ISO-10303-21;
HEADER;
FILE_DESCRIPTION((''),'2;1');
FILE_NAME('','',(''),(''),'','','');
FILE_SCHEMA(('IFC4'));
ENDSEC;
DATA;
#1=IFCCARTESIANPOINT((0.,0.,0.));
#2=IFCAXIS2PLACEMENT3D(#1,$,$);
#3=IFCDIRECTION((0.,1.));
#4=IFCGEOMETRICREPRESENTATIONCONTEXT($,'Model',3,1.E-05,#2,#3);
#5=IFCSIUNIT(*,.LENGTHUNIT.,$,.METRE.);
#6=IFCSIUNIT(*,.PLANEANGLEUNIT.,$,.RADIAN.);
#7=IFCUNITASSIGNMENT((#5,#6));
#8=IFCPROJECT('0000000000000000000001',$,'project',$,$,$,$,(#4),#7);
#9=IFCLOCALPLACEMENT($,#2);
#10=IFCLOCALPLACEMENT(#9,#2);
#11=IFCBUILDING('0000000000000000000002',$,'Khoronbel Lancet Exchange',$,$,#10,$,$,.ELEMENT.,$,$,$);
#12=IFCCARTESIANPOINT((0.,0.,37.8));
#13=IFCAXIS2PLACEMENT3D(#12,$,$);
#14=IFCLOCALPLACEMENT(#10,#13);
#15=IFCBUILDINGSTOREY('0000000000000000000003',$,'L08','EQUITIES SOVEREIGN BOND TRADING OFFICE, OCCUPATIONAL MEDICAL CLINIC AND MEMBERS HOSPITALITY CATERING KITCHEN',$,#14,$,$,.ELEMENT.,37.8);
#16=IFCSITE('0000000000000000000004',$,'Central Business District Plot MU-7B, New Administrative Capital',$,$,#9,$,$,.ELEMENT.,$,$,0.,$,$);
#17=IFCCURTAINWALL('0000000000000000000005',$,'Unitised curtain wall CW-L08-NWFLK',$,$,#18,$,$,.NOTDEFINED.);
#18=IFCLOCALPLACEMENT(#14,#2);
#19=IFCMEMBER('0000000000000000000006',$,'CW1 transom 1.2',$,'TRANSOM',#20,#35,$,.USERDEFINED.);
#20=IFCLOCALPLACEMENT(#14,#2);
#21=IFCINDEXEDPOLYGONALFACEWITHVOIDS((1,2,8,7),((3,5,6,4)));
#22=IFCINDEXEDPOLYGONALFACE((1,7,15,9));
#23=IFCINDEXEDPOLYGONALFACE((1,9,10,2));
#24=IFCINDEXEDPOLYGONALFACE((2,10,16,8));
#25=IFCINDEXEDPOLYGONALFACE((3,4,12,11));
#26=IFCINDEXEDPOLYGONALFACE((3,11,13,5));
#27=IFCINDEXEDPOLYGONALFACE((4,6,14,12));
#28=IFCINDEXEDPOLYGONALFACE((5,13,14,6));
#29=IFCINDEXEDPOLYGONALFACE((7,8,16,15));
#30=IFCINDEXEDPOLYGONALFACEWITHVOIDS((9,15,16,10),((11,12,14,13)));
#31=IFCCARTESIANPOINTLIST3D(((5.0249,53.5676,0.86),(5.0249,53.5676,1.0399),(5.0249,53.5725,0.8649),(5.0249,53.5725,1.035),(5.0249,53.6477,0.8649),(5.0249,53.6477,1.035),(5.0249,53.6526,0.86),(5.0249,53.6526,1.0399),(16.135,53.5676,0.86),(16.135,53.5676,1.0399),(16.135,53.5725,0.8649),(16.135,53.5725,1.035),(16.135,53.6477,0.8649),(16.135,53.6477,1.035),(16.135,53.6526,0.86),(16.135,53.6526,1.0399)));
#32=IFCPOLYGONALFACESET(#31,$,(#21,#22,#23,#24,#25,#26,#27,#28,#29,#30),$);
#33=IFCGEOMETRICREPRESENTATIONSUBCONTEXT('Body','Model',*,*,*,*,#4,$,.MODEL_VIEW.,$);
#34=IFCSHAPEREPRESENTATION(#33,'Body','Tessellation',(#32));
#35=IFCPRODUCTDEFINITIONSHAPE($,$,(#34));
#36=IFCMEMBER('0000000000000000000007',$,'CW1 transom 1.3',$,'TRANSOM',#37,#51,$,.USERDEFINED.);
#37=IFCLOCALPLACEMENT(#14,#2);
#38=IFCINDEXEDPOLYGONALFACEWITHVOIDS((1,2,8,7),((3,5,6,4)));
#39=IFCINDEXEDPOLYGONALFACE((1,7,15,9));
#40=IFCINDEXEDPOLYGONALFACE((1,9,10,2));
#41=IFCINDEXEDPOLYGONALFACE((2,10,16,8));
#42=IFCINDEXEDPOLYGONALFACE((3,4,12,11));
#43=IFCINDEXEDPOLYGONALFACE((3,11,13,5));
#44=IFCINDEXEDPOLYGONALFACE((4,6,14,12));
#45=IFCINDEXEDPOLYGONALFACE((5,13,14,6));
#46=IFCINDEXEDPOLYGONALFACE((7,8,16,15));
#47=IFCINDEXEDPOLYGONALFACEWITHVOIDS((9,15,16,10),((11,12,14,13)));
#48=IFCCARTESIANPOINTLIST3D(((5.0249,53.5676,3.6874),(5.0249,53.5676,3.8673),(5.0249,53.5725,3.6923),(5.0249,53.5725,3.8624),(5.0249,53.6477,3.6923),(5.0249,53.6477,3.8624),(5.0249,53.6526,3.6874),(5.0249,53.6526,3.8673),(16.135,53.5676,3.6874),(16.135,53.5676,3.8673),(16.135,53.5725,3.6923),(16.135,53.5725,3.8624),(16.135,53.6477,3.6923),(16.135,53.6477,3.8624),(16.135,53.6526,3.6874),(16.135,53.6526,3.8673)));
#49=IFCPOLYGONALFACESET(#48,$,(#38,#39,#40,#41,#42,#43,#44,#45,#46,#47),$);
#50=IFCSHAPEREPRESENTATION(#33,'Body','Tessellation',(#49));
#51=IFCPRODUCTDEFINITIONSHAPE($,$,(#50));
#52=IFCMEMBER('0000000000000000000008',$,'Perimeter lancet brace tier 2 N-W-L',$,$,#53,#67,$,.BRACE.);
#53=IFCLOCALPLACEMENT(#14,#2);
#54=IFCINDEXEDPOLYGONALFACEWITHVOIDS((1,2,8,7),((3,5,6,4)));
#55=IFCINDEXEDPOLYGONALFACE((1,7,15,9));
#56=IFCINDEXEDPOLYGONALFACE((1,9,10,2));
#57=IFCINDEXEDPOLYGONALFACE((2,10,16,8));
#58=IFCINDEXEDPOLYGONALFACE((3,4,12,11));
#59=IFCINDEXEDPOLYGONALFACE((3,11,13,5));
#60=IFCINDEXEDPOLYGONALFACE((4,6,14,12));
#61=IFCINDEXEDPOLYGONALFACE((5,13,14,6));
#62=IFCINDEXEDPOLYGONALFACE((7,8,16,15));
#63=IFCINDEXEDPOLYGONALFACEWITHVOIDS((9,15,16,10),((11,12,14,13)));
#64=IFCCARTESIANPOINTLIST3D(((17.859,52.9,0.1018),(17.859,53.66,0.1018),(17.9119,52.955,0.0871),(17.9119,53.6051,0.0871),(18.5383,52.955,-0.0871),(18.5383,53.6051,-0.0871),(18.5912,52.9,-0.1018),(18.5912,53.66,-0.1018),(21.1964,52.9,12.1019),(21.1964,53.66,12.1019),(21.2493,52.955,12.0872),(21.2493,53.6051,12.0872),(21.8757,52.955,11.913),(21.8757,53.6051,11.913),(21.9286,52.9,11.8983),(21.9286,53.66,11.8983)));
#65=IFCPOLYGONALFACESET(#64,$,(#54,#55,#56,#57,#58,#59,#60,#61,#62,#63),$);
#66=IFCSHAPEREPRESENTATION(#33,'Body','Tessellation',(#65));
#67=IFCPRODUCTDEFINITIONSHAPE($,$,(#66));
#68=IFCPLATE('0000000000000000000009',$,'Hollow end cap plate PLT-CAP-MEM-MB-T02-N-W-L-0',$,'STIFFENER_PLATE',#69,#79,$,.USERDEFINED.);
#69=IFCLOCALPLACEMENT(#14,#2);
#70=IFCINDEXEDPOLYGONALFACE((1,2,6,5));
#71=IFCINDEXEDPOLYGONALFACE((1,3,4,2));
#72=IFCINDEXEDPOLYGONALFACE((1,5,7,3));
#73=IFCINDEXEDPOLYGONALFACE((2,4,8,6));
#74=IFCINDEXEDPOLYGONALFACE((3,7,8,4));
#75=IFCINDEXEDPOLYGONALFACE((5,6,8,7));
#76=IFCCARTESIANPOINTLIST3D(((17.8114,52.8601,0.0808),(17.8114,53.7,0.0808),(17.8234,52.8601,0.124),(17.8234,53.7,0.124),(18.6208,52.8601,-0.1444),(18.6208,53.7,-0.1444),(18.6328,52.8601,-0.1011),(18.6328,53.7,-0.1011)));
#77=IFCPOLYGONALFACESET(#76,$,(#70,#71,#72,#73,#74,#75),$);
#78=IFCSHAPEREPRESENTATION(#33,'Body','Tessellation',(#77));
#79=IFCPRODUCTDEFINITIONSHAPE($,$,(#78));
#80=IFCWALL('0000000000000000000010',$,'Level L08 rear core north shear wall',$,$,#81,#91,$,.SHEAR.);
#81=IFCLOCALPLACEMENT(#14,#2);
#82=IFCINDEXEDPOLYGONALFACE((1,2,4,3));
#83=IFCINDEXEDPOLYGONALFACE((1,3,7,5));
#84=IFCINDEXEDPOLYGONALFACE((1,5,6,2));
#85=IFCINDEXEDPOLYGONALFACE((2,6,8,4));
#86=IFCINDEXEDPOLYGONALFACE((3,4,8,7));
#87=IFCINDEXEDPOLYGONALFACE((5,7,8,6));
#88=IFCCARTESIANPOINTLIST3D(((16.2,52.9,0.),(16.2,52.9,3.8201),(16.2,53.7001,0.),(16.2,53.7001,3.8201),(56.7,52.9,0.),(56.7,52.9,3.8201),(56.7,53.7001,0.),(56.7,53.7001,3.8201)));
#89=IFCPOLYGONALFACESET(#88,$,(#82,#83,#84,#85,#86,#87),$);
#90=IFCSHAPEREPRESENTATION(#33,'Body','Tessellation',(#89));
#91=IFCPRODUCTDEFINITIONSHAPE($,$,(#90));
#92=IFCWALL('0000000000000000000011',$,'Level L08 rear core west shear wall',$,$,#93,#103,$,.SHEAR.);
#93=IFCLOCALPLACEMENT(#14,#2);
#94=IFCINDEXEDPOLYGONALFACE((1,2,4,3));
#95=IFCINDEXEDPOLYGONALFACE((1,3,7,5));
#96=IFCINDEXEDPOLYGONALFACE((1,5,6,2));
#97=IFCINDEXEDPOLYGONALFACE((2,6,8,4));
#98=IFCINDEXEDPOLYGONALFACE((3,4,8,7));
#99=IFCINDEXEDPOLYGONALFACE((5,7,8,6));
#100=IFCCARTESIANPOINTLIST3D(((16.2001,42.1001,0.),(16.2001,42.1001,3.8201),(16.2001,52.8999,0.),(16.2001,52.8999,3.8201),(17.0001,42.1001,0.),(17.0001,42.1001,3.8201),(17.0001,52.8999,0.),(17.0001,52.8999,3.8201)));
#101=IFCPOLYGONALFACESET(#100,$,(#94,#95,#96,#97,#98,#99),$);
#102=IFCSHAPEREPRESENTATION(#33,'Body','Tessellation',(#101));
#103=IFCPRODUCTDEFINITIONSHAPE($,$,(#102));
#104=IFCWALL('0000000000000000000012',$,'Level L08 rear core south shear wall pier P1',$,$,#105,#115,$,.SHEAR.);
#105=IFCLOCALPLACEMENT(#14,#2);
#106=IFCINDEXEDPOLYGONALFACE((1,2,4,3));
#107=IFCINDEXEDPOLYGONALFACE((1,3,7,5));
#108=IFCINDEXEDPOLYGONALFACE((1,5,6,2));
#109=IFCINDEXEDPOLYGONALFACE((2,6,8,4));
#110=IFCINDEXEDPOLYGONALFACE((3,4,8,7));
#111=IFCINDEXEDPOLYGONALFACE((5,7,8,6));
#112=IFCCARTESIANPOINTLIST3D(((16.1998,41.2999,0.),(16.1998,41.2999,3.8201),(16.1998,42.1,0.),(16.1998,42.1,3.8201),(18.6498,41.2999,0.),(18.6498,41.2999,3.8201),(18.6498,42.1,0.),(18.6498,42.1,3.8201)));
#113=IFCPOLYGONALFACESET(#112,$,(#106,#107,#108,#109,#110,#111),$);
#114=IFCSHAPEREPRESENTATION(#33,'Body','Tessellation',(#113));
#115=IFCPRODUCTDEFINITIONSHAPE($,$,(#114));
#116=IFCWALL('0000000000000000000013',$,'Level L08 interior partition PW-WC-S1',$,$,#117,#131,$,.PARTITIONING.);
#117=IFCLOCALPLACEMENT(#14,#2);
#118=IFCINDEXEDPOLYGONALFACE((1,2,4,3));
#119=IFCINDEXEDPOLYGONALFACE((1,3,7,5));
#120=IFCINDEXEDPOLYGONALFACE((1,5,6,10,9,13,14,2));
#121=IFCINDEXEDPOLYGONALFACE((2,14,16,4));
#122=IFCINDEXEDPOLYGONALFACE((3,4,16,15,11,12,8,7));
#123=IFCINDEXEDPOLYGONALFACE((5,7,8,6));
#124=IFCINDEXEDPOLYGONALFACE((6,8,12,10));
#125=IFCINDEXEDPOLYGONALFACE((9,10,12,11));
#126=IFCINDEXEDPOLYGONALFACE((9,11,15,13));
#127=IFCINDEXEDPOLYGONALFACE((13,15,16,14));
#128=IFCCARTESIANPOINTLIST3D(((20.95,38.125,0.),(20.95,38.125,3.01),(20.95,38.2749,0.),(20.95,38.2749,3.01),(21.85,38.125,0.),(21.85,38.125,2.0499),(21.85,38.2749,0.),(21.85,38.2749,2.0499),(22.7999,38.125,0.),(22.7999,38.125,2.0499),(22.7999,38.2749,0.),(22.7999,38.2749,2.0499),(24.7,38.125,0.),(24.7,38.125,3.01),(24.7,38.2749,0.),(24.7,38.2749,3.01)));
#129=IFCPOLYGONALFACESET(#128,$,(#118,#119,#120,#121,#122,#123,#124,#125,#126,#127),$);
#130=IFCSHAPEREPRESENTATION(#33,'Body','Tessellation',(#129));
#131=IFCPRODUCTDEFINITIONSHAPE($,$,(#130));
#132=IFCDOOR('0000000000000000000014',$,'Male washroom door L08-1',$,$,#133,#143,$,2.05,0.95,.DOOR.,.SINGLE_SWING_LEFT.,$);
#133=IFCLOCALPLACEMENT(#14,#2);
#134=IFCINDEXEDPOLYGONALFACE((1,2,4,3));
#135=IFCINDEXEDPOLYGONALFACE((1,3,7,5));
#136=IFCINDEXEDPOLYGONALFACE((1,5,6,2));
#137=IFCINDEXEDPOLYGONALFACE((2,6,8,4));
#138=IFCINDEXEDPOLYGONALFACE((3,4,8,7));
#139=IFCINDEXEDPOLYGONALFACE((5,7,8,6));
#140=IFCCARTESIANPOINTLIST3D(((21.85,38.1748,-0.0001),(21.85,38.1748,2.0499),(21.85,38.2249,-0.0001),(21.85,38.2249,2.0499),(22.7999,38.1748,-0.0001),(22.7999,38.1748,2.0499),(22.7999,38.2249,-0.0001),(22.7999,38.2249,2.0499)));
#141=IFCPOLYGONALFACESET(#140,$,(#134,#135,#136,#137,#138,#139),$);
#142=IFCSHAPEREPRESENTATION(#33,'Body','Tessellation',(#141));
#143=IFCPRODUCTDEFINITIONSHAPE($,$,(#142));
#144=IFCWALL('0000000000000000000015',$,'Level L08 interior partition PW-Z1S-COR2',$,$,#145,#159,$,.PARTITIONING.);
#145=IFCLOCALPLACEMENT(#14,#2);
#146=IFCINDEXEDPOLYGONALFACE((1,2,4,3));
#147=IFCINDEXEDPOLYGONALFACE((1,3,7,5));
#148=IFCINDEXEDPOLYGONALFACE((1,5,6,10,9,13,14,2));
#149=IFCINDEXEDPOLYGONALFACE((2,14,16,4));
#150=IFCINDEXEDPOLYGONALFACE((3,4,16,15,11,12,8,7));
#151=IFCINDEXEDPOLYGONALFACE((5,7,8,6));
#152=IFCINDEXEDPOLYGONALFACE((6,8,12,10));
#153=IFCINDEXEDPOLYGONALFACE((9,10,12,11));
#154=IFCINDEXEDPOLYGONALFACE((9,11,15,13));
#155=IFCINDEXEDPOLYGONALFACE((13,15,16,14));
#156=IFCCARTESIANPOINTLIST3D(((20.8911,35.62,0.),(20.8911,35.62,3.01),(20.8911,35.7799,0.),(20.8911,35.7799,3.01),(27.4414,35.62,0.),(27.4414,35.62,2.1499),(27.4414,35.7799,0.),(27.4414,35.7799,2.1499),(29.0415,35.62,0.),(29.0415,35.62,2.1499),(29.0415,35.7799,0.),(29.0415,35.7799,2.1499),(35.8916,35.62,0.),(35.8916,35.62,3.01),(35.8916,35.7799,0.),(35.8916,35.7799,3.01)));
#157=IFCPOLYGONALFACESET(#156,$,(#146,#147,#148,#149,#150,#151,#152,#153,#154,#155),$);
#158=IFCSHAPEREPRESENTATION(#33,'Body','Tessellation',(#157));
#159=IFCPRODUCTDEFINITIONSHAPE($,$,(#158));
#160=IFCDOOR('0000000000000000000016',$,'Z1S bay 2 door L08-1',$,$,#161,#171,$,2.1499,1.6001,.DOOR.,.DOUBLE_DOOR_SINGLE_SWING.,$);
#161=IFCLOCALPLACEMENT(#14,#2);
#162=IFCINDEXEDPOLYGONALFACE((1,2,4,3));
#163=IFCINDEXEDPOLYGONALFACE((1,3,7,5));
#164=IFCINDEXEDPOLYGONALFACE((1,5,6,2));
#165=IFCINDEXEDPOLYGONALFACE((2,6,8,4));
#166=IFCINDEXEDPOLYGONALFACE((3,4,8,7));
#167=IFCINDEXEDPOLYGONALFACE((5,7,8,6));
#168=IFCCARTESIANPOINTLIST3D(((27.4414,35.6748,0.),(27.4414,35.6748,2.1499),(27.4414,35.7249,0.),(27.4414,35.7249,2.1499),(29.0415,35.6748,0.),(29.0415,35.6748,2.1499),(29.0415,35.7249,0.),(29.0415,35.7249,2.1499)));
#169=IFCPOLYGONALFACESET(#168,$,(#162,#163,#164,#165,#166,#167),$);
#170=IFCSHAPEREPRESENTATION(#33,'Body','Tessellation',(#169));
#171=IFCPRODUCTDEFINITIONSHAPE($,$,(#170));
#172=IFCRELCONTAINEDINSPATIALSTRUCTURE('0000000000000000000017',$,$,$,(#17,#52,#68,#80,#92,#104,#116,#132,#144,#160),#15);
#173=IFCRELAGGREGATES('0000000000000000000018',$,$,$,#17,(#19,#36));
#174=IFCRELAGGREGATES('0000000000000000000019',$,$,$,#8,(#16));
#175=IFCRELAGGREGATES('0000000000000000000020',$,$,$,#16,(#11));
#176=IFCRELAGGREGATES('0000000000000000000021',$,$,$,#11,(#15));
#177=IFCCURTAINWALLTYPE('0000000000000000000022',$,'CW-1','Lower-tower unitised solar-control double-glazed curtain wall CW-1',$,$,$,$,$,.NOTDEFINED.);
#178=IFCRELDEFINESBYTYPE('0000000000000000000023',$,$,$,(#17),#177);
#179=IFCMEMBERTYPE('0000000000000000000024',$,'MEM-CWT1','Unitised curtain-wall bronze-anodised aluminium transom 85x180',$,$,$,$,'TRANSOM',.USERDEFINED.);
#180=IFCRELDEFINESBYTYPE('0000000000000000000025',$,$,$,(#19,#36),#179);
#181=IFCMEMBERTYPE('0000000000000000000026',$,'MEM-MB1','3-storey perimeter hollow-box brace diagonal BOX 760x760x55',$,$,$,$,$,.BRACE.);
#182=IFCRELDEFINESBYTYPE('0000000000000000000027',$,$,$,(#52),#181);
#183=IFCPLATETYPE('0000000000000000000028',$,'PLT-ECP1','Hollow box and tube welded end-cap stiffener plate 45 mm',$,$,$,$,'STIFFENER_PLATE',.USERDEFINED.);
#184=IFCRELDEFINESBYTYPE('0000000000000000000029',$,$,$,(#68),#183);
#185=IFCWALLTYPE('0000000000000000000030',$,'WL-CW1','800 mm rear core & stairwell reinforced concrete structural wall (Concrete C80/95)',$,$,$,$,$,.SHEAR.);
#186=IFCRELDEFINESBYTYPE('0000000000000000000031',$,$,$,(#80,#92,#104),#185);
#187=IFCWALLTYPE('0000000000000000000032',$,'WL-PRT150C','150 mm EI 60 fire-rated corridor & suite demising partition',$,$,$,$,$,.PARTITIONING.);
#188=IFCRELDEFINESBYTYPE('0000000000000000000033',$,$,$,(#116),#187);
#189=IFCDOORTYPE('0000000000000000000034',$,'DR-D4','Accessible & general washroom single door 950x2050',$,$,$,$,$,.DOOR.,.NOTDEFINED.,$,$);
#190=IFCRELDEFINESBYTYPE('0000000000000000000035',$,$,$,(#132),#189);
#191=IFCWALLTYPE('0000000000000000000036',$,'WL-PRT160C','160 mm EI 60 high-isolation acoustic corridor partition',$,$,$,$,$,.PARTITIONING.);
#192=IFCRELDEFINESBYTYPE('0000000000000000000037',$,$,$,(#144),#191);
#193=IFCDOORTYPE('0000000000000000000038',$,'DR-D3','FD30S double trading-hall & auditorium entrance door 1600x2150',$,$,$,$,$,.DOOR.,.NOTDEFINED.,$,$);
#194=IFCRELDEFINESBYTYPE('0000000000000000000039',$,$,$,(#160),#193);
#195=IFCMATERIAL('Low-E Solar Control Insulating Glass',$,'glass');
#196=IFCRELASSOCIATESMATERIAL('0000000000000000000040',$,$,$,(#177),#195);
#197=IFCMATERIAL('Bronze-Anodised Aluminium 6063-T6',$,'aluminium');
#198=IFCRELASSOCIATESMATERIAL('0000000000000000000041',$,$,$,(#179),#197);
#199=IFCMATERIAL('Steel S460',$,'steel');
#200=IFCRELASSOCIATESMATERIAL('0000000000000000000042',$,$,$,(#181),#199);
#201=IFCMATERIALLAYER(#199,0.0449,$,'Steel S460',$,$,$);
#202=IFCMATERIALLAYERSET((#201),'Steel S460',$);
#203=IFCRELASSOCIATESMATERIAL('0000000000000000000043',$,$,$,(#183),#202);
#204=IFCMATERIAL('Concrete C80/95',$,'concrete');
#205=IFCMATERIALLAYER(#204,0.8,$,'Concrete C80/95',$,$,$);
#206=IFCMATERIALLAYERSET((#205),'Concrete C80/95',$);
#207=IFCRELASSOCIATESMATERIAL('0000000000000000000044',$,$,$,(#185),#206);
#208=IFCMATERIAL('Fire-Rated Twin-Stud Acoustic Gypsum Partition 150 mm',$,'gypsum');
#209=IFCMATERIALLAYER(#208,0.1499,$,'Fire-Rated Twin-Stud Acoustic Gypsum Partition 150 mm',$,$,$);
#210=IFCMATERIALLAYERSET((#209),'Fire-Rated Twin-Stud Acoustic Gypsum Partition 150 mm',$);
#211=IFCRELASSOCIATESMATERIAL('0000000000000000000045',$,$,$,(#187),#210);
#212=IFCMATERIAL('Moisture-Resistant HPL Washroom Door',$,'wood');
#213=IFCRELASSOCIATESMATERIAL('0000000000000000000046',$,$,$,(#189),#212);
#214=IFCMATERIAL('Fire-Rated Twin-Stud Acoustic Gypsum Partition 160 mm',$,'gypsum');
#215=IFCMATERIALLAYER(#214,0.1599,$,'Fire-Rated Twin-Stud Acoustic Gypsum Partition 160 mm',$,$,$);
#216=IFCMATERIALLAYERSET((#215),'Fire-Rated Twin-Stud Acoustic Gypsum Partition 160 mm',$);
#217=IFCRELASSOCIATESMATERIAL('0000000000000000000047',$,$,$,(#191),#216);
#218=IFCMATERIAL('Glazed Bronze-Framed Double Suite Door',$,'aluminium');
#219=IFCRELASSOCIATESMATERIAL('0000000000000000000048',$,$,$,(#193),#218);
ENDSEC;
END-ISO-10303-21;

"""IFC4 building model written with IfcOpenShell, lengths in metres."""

from ifc_helpers import new_model, si_unit, direction, frame, frame_2d, origin, origin_2d, place, context, subcontext, project, spatial, polyline, rectangle, hollow_rectangle, outline, extrude, material, layer, layer_set, material_profile, profile_set, type_object, element, fill, aggregate, save


model = new_model("IFC4")

# Units and contexts
model_context = context("Model", 3, precision=1e-05, world=origin(), true_north=direction((0.0, 1.0)))
body_context = subcontext(model_context, "Body", "Model", "MODEL_VIEW")
ifc_project = project(units=[si_unit("LENGTHUNIT", "METRE"), si_unit("PLANEANGLEUNIT", "RADIAN")], contexts=[model_context])

# Site, building, storey
site_placement = place(None, origin())
site = spatial("IfcSite", under=ifc_project, at=site_placement, Name="Central Business District Plot MU-7B, New Administrative Capital", CompositionType="ELEMENT", RefElevation=0.0)
building_placement = place(site_placement, origin())
building = spatial("IfcBuilding", under=site, at=building_placement, Name="Khoronbel Lancet Exchange", CompositionType="ELEMENT")
storey_placement = place(building_placement, frame((0.0, 0.0, 37.8)))
storey = spatial("IfcBuildingStorey", under=building, at=storey_placement, Name="L08", Description="EQUITIES SOVEREIGN BOND TRADING OFFICE, OCCUPATIONAL MEDICAL CLINIC AND MEMBERS HOSPITALITY CATERING KITCHEN", CompositionType="ELEMENT", Elevation=37.8)

# Shared definitions
ifc_material_1 = material(Name="Steel S460", Category="steel")

# Shared definitions
ifc_material_2 = material(Name="Concrete C80/95", Category="concrete")

# Curtain wall, members
ifc_material_3 = material(Name="Low-E Solar Control Insulating Glass", Category="glass")
curtain_wall_type = type_object("IfcCurtainWallType", Name="CW-1", Description="Lower-tower unitised solar-control double-glazed curtain wall CW-1", PredefinedType="NOTDEFINED", material=ifc_material_3)
curtain_wall_placement = place(storey_placement, origin())
curtain_wall = element("IfcCurtainWall", 1, at=curtain_wall_placement, inside=storey, type_object=curtain_wall_type, Name="Unitised curtain wall CW-L08-NWFLK", PredefinedType="NOTDEFINED")
ifc_material_4 = material(Name="Bronze-Anodised Aluminium 6063-T6", Category="aluminium")
ifc_material_profile_1 = material_profile(ifc_material_4, hollow_rectangle(XDim=0.085, YDim=0.1799, WallThickness=0.0049, at=origin_2d()), Name="ALU TRANSOM 85x180")
ifc_profile_set_1 = profile_set([ifc_material_profile_1], Name="Bronze-Anodised Aluminium 6063-T6")
member_type_1 = type_object("IfcMemberType", Name="MEM-CWT1", Description="Unitised curtain-wall bronze-anodised aluminium transom 85x180", ElementType="TRANSOM", PredefinedType="USERDEFINED", material=ifc_profile_set_1)
member_1_placement = place(storey_placement, frame((16.135, 53.6101, 0.95), z_axis=(-1.0, 0.0, 0.0), x_axis=(0.0, -1.0, 0.0)))
member_1 = element("IfcMember", 2, at=member_1_placement, type_object=member_type_1, Name="CW1 transom 1.2", ObjectType="TRANSOM", PredefinedType="USERDEFINED", context=body_context, shape_type="SweptSolid", body=[
    extrude(hollow_rectangle(XDim=0.085, YDim=0.1799, WallThickness=0.0049, at=origin_2d()), origin(), (0.0, 0.0, 1.0), 11.1101),
])
member_2_placement = place(storey_placement, frame((16.135, 53.6101, 3.7773), z_axis=(-1.0, 0.0, 0.0), x_axis=(0.0, -1.0, 0.0)))
member_2 = element("IfcMember", 3, at=member_2_placement, type_object=member_type_1, Name="CW1 transom 1.3", ObjectType="TRANSOM", PredefinedType="USERDEFINED", context=body_context, shape_type="SweptSolid", body=[
    extrude(hollow_rectangle(XDim=0.085, YDim=0.1799, WallThickness=0.0049, at=origin_2d()), origin(), (0.0, 0.0, 1.0), 11.1101),
])
aggregate(curtain_wall, [member_1, member_2])

# Member
ifc_material_profile_2 = material_profile(ifc_material_1, hollow_rectangle(XDim=0.76, YDim=0.76, WallThickness=0.0549, at=origin_2d()), Name="BOX 760x760x55")
ifc_profile_set_2 = profile_set([ifc_material_profile_2], Name="Steel S460")
member_type_2 = type_object("IfcMemberType", Name="MEM-MB1", Description="3-storey perimeter hollow-box brace diagonal BOX 760x760x55", PredefinedType="BRACE", material=ifc_profile_set_2)
member_3_placement = place(storey_placement, frame((18.2251, 53.28, 0.0), z_axis=(0.267947, 0.0, 0.963434), x_axis=(0.0, 1.0, 0.0)))
element("IfcMember", 4, at=member_3_placement, inside=storey, type_object=member_type_2, Name="Perimeter lancet brace tier 2 N-W-L", PredefinedType="BRACE", context=body_context, shape_type="SweptSolid", body=[
    extrude(hollow_rectangle(XDim=0.76, YDim=0.76, WallThickness=0.0549, at=origin_2d()), origin(), (0.0, 0.0, 1.0), 12.4556),
])

# Plate
ifc_layer_1 = layer(ifc_material_1, 0.0449, Name="Steel S460")
ifc_layer_set_1 = layer_set([ifc_layer_1], Name="Steel S460")
plate_type = type_object("IfcPlateType", Name="PLT-ECP1", Description="Hollow box and tube welded end-cap stiffener plate 45 mm", ElementType="STIFFENER_PLATE", PredefinedType="USERDEFINED", material=ifc_layer_set_1)
plate_placement = place(storey_placement, frame((18.6328, 52.8601, -0.1011), z_axis=(0.267959, 0.0, 0.96343), x_axis=(0.0, 1.0, 0.0)))
element("IfcPlate", 5, at=plate_placement, inside=storey, type_object=plate_type, Name="Hollow end cap plate PLT-CAP-MEM-MB-T02-N-W-L-0", ObjectType="STIFFENER_PLATE", PredefinedType="USERDEFINED", context=body_context, shape_type="SweptSolid", body=[
    extrude(outline(polyline([(0.0, 0.0), (0.8398, 0.0), (0.8398, 0.8401), (0.0, 0.8401), (0.0, 0.0)])), origin(), (0.0, 0.0, -1.0), 0.0449),
])

# Walls
ifc_layer_2 = layer(ifc_material_2, 0.8, Name="Concrete C80/95")
ifc_layer_set_2 = layer_set([ifc_layer_2], Name="Concrete C80/95")
wall_type_1 = type_object("IfcWallType", Name="WL-CW1", Description="800 mm rear core & stairwell reinforced concrete structural wall (Concrete C80/95)", PredefinedType="SHEAR", material=ifc_layer_set_2)
wall_1_placement = place(storey_placement, frame((16.2, 53.3, 0.0), z_axis=(0.0, 0.0, 1.0), x_axis=(1.0, 0.0, 0.0)))
element("IfcWall", 6, at=wall_1_placement, inside=storey, type_object=wall_type_1, Name="Level L08 rear core north shear wall", PredefinedType="SHEAR", context=body_context, shape_type="SweptSolid", body=[
    extrude(rectangle(XDim=40.5, YDim=0.8, at=frame_2d((20.25, 0.0))), origin(), (0.0, 0.0, 1.0), 3.8201),
])
wall_2_placement = place(storey_placement, frame((16.6001, 42.1001, 0.0), z_axis=(0.0, 0.0, 1.0), x_axis=(0.0, 1.0, 0.0)))
element("IfcWall", 7, at=wall_2_placement, inside=storey, type_object=wall_type_1, Name="Level L08 rear core west shear wall", PredefinedType="SHEAR", context=body_context, shape_type="SweptSolid", body=[
    extrude(rectangle(XDim=10.7998, YDim=0.8, at=frame_2d((5.3999, 0.0))), origin(), (0.0, 0.0, 1.0), 3.8201),
])
wall_3_placement = place(storey_placement, frame((18.6499, 41.7, 0.0), z_axis=(0.0, 0.0, 1.0), x_axis=(-1.0, 0.0, 0.0)))
element("IfcWall", 8, at=wall_3_placement, inside=storey, type_object=wall_type_1, Name="Level L08 rear core south shear wall pier P1", PredefinedType="SHEAR", context=body_context, shape_type="SweptSolid", body=[
    extrude(rectangle(XDim=2.45, YDim=0.8, at=frame_2d((1.2251, 0.0))), origin(), (0.0, 0.0, 1.0), 3.8201),
])

# Walls, openings, doors
ifc_material_5 = material(Name="Fire-Rated Twin-Stud Acoustic Gypsum Partition 150 mm", Category="gypsum")
ifc_layer_3 = layer(ifc_material_5, 0.1499, Name="Fire-Rated Twin-Stud Acoustic Gypsum Partition 150 mm")
ifc_layer_set_3 = layer_set([ifc_layer_3], Name="Fire-Rated Twin-Stud Acoustic Gypsum Partition 150 mm")
wall_type_2 = type_object("IfcWallType", Name="WL-PRT150C", Description="150 mm EI 60 fire-rated corridor & suite demising partition", PredefinedType="PARTITIONING", material=ifc_layer_set_3)
wall_4_placement = place(storey_placement, frame((20.95, 38.2, 0.0), z_axis=(0.0, 0.0, 1.0), x_axis=(1.0, 0.0, 0.0)))
wall_4 = element("IfcWall", 9, at=wall_4_placement, inside=storey, type_object=wall_type_2, Name="Level L08 interior partition PW-WC-S1", PredefinedType="PARTITIONING", context=body_context, shape_type="SweptSolid", body=[
    extrude(rectangle(XDim=3.75, YDim=0.1499, at=frame_2d((1.875, 0.0))), origin(), (0.0, 0.0, 1.0), 3.01),
])
opening_1_placement = place(wall_4_placement, frame((0.8999, 0.0, 0.0)))
opening_1 = element("IfcOpeningElement", 10, at=opening_1_placement, cuts=wall_4, PredefinedType="OPENING", context=body_context, shape_type="SweptSolid", body=[
    extrude(rectangle(XDim=0.95, YDim=2.05, at=frame_2d((0.4751, 1.0249))), frame((0.0, 0.085, 0.0), z_axis=(0.0, -1.0, 0.0), x_axis=(1.0, 0.0, 0.0)), (0.0, 0.0, 1.0), 0.1699),
])
ifc_material_6 = material(Name="Moisture-Resistant HPL Washroom Door", Category="wood")
door_type_1 = type_object("IfcDoorType", Name="DR-D4", Description="Accessible & general washroom single door 950x2050", OperationType="NOTDEFINED", PredefinedType="DOOR", material=ifc_material_6)
door_1_placement = place(opening_1_placement, origin())
door_1 = element("IfcDoor", 11, at=door_1_placement, inside=storey, type_object=door_type_1, Name="Male washroom door L08-1", OperationType="SINGLE_SWING_LEFT", OverallHeight=2.05, OverallWidth=0.95, PredefinedType="DOOR", context=body_context, shape_type="SweptSolid", body=[
    extrude(rectangle(XDim=0.95, YDim=2.05, at=frame_2d((0.4751, 1.0249))), frame((0.0, 0.0249, 0.0), z_axis=(0.0, -1.0, 0.0), x_axis=(1.0, 0.0, 0.0)), (0.0, 0.0, 1.0), 0.05),
])
fill(opening_1, door_1)
ifc_material_7 = material(Name="Fire-Rated Twin-Stud Acoustic Gypsum Partition 160 mm", Category="gypsum")
ifc_layer_4 = layer(ifc_material_7, 0.1599, Name="Fire-Rated Twin-Stud Acoustic Gypsum Partition 160 mm")
ifc_layer_set_4 = layer_set([ifc_layer_4], Name="Fire-Rated Twin-Stud Acoustic Gypsum Partition 160 mm")
wall_type_3 = type_object("IfcWallType", Name="WL-PRT160C", Description="160 mm EI 60 high-isolation acoustic corridor partition", PredefinedType="PARTITIONING", material=ifc_layer_set_4)
wall_5_placement = place(storey_placement, frame((20.8911, 35.7, 0.0), z_axis=(0.0, 0.0, 1.0), x_axis=(1.0, 0.0, 0.0)))
wall_5 = element("IfcWall", 12, at=wall_5_placement, inside=storey, type_object=wall_type_3, Name="Level L08 interior partition PW-Z1S-COR2", PredefinedType="PARTITIONING", context=body_context, shape_type="SweptSolid", body=[
    extrude(rectangle(XDim=15.0005, YDim=0.1599, at=frame_2d((7.5002, 0.0))), origin(), (0.0, 0.0, 1.0), 3.01),
])
opening_2_placement = place(wall_5_placement, frame((6.5503, 0.0, 0.0)))
opening_2 = element("IfcOpeningElement", 13, at=opening_2_placement, cuts=wall_5, PredefinedType="OPENING", context=body_context, shape_type="SweptSolid", body=[
    extrude(rectangle(XDim=1.6001, YDim=2.1499, at=frame_2d((0.8, 1.075))), frame((0.0, 0.0898, 0.0), z_axis=(0.0, -1.0, 0.0), x_axis=(1.0, 0.0, 0.0)), (0.0, 0.0, 1.0), 0.1799),
])
ifc_material_8 = material(Name="Glazed Bronze-Framed Double Suite Door", Category="aluminium")
door_type_2 = type_object("IfcDoorType", Name="DR-D3", Description="FD30S double trading-hall & auditorium entrance door 1600x2150", OperationType="NOTDEFINED", PredefinedType="DOOR", material=ifc_material_8)
door_2_placement = place(opening_2_placement, origin())
door_2 = element("IfcDoor", 14, at=door_2_placement, inside=storey, type_object=door_type_2, Name="Z1S bay 2 door L08-1", OperationType="DOUBLE_DOOR_SINGLE_SWING", OverallHeight=2.1499, OverallWidth=1.6001, PredefinedType="DOOR", context=body_context, shape_type="SweptSolid", body=[
    extrude(rectangle(XDim=1.6001, YDim=2.1499, at=frame_2d((0.8, 1.075))), frame((0.0, 0.0249, 0.0), z_axis=(0.0, -1.0, 0.0), x_axis=(1.0, 0.0, 0.0)), (0.0, 0.0, 1.0), 0.05),
])
fill(opening_2, door_2)

save(model, "model.ifc")
